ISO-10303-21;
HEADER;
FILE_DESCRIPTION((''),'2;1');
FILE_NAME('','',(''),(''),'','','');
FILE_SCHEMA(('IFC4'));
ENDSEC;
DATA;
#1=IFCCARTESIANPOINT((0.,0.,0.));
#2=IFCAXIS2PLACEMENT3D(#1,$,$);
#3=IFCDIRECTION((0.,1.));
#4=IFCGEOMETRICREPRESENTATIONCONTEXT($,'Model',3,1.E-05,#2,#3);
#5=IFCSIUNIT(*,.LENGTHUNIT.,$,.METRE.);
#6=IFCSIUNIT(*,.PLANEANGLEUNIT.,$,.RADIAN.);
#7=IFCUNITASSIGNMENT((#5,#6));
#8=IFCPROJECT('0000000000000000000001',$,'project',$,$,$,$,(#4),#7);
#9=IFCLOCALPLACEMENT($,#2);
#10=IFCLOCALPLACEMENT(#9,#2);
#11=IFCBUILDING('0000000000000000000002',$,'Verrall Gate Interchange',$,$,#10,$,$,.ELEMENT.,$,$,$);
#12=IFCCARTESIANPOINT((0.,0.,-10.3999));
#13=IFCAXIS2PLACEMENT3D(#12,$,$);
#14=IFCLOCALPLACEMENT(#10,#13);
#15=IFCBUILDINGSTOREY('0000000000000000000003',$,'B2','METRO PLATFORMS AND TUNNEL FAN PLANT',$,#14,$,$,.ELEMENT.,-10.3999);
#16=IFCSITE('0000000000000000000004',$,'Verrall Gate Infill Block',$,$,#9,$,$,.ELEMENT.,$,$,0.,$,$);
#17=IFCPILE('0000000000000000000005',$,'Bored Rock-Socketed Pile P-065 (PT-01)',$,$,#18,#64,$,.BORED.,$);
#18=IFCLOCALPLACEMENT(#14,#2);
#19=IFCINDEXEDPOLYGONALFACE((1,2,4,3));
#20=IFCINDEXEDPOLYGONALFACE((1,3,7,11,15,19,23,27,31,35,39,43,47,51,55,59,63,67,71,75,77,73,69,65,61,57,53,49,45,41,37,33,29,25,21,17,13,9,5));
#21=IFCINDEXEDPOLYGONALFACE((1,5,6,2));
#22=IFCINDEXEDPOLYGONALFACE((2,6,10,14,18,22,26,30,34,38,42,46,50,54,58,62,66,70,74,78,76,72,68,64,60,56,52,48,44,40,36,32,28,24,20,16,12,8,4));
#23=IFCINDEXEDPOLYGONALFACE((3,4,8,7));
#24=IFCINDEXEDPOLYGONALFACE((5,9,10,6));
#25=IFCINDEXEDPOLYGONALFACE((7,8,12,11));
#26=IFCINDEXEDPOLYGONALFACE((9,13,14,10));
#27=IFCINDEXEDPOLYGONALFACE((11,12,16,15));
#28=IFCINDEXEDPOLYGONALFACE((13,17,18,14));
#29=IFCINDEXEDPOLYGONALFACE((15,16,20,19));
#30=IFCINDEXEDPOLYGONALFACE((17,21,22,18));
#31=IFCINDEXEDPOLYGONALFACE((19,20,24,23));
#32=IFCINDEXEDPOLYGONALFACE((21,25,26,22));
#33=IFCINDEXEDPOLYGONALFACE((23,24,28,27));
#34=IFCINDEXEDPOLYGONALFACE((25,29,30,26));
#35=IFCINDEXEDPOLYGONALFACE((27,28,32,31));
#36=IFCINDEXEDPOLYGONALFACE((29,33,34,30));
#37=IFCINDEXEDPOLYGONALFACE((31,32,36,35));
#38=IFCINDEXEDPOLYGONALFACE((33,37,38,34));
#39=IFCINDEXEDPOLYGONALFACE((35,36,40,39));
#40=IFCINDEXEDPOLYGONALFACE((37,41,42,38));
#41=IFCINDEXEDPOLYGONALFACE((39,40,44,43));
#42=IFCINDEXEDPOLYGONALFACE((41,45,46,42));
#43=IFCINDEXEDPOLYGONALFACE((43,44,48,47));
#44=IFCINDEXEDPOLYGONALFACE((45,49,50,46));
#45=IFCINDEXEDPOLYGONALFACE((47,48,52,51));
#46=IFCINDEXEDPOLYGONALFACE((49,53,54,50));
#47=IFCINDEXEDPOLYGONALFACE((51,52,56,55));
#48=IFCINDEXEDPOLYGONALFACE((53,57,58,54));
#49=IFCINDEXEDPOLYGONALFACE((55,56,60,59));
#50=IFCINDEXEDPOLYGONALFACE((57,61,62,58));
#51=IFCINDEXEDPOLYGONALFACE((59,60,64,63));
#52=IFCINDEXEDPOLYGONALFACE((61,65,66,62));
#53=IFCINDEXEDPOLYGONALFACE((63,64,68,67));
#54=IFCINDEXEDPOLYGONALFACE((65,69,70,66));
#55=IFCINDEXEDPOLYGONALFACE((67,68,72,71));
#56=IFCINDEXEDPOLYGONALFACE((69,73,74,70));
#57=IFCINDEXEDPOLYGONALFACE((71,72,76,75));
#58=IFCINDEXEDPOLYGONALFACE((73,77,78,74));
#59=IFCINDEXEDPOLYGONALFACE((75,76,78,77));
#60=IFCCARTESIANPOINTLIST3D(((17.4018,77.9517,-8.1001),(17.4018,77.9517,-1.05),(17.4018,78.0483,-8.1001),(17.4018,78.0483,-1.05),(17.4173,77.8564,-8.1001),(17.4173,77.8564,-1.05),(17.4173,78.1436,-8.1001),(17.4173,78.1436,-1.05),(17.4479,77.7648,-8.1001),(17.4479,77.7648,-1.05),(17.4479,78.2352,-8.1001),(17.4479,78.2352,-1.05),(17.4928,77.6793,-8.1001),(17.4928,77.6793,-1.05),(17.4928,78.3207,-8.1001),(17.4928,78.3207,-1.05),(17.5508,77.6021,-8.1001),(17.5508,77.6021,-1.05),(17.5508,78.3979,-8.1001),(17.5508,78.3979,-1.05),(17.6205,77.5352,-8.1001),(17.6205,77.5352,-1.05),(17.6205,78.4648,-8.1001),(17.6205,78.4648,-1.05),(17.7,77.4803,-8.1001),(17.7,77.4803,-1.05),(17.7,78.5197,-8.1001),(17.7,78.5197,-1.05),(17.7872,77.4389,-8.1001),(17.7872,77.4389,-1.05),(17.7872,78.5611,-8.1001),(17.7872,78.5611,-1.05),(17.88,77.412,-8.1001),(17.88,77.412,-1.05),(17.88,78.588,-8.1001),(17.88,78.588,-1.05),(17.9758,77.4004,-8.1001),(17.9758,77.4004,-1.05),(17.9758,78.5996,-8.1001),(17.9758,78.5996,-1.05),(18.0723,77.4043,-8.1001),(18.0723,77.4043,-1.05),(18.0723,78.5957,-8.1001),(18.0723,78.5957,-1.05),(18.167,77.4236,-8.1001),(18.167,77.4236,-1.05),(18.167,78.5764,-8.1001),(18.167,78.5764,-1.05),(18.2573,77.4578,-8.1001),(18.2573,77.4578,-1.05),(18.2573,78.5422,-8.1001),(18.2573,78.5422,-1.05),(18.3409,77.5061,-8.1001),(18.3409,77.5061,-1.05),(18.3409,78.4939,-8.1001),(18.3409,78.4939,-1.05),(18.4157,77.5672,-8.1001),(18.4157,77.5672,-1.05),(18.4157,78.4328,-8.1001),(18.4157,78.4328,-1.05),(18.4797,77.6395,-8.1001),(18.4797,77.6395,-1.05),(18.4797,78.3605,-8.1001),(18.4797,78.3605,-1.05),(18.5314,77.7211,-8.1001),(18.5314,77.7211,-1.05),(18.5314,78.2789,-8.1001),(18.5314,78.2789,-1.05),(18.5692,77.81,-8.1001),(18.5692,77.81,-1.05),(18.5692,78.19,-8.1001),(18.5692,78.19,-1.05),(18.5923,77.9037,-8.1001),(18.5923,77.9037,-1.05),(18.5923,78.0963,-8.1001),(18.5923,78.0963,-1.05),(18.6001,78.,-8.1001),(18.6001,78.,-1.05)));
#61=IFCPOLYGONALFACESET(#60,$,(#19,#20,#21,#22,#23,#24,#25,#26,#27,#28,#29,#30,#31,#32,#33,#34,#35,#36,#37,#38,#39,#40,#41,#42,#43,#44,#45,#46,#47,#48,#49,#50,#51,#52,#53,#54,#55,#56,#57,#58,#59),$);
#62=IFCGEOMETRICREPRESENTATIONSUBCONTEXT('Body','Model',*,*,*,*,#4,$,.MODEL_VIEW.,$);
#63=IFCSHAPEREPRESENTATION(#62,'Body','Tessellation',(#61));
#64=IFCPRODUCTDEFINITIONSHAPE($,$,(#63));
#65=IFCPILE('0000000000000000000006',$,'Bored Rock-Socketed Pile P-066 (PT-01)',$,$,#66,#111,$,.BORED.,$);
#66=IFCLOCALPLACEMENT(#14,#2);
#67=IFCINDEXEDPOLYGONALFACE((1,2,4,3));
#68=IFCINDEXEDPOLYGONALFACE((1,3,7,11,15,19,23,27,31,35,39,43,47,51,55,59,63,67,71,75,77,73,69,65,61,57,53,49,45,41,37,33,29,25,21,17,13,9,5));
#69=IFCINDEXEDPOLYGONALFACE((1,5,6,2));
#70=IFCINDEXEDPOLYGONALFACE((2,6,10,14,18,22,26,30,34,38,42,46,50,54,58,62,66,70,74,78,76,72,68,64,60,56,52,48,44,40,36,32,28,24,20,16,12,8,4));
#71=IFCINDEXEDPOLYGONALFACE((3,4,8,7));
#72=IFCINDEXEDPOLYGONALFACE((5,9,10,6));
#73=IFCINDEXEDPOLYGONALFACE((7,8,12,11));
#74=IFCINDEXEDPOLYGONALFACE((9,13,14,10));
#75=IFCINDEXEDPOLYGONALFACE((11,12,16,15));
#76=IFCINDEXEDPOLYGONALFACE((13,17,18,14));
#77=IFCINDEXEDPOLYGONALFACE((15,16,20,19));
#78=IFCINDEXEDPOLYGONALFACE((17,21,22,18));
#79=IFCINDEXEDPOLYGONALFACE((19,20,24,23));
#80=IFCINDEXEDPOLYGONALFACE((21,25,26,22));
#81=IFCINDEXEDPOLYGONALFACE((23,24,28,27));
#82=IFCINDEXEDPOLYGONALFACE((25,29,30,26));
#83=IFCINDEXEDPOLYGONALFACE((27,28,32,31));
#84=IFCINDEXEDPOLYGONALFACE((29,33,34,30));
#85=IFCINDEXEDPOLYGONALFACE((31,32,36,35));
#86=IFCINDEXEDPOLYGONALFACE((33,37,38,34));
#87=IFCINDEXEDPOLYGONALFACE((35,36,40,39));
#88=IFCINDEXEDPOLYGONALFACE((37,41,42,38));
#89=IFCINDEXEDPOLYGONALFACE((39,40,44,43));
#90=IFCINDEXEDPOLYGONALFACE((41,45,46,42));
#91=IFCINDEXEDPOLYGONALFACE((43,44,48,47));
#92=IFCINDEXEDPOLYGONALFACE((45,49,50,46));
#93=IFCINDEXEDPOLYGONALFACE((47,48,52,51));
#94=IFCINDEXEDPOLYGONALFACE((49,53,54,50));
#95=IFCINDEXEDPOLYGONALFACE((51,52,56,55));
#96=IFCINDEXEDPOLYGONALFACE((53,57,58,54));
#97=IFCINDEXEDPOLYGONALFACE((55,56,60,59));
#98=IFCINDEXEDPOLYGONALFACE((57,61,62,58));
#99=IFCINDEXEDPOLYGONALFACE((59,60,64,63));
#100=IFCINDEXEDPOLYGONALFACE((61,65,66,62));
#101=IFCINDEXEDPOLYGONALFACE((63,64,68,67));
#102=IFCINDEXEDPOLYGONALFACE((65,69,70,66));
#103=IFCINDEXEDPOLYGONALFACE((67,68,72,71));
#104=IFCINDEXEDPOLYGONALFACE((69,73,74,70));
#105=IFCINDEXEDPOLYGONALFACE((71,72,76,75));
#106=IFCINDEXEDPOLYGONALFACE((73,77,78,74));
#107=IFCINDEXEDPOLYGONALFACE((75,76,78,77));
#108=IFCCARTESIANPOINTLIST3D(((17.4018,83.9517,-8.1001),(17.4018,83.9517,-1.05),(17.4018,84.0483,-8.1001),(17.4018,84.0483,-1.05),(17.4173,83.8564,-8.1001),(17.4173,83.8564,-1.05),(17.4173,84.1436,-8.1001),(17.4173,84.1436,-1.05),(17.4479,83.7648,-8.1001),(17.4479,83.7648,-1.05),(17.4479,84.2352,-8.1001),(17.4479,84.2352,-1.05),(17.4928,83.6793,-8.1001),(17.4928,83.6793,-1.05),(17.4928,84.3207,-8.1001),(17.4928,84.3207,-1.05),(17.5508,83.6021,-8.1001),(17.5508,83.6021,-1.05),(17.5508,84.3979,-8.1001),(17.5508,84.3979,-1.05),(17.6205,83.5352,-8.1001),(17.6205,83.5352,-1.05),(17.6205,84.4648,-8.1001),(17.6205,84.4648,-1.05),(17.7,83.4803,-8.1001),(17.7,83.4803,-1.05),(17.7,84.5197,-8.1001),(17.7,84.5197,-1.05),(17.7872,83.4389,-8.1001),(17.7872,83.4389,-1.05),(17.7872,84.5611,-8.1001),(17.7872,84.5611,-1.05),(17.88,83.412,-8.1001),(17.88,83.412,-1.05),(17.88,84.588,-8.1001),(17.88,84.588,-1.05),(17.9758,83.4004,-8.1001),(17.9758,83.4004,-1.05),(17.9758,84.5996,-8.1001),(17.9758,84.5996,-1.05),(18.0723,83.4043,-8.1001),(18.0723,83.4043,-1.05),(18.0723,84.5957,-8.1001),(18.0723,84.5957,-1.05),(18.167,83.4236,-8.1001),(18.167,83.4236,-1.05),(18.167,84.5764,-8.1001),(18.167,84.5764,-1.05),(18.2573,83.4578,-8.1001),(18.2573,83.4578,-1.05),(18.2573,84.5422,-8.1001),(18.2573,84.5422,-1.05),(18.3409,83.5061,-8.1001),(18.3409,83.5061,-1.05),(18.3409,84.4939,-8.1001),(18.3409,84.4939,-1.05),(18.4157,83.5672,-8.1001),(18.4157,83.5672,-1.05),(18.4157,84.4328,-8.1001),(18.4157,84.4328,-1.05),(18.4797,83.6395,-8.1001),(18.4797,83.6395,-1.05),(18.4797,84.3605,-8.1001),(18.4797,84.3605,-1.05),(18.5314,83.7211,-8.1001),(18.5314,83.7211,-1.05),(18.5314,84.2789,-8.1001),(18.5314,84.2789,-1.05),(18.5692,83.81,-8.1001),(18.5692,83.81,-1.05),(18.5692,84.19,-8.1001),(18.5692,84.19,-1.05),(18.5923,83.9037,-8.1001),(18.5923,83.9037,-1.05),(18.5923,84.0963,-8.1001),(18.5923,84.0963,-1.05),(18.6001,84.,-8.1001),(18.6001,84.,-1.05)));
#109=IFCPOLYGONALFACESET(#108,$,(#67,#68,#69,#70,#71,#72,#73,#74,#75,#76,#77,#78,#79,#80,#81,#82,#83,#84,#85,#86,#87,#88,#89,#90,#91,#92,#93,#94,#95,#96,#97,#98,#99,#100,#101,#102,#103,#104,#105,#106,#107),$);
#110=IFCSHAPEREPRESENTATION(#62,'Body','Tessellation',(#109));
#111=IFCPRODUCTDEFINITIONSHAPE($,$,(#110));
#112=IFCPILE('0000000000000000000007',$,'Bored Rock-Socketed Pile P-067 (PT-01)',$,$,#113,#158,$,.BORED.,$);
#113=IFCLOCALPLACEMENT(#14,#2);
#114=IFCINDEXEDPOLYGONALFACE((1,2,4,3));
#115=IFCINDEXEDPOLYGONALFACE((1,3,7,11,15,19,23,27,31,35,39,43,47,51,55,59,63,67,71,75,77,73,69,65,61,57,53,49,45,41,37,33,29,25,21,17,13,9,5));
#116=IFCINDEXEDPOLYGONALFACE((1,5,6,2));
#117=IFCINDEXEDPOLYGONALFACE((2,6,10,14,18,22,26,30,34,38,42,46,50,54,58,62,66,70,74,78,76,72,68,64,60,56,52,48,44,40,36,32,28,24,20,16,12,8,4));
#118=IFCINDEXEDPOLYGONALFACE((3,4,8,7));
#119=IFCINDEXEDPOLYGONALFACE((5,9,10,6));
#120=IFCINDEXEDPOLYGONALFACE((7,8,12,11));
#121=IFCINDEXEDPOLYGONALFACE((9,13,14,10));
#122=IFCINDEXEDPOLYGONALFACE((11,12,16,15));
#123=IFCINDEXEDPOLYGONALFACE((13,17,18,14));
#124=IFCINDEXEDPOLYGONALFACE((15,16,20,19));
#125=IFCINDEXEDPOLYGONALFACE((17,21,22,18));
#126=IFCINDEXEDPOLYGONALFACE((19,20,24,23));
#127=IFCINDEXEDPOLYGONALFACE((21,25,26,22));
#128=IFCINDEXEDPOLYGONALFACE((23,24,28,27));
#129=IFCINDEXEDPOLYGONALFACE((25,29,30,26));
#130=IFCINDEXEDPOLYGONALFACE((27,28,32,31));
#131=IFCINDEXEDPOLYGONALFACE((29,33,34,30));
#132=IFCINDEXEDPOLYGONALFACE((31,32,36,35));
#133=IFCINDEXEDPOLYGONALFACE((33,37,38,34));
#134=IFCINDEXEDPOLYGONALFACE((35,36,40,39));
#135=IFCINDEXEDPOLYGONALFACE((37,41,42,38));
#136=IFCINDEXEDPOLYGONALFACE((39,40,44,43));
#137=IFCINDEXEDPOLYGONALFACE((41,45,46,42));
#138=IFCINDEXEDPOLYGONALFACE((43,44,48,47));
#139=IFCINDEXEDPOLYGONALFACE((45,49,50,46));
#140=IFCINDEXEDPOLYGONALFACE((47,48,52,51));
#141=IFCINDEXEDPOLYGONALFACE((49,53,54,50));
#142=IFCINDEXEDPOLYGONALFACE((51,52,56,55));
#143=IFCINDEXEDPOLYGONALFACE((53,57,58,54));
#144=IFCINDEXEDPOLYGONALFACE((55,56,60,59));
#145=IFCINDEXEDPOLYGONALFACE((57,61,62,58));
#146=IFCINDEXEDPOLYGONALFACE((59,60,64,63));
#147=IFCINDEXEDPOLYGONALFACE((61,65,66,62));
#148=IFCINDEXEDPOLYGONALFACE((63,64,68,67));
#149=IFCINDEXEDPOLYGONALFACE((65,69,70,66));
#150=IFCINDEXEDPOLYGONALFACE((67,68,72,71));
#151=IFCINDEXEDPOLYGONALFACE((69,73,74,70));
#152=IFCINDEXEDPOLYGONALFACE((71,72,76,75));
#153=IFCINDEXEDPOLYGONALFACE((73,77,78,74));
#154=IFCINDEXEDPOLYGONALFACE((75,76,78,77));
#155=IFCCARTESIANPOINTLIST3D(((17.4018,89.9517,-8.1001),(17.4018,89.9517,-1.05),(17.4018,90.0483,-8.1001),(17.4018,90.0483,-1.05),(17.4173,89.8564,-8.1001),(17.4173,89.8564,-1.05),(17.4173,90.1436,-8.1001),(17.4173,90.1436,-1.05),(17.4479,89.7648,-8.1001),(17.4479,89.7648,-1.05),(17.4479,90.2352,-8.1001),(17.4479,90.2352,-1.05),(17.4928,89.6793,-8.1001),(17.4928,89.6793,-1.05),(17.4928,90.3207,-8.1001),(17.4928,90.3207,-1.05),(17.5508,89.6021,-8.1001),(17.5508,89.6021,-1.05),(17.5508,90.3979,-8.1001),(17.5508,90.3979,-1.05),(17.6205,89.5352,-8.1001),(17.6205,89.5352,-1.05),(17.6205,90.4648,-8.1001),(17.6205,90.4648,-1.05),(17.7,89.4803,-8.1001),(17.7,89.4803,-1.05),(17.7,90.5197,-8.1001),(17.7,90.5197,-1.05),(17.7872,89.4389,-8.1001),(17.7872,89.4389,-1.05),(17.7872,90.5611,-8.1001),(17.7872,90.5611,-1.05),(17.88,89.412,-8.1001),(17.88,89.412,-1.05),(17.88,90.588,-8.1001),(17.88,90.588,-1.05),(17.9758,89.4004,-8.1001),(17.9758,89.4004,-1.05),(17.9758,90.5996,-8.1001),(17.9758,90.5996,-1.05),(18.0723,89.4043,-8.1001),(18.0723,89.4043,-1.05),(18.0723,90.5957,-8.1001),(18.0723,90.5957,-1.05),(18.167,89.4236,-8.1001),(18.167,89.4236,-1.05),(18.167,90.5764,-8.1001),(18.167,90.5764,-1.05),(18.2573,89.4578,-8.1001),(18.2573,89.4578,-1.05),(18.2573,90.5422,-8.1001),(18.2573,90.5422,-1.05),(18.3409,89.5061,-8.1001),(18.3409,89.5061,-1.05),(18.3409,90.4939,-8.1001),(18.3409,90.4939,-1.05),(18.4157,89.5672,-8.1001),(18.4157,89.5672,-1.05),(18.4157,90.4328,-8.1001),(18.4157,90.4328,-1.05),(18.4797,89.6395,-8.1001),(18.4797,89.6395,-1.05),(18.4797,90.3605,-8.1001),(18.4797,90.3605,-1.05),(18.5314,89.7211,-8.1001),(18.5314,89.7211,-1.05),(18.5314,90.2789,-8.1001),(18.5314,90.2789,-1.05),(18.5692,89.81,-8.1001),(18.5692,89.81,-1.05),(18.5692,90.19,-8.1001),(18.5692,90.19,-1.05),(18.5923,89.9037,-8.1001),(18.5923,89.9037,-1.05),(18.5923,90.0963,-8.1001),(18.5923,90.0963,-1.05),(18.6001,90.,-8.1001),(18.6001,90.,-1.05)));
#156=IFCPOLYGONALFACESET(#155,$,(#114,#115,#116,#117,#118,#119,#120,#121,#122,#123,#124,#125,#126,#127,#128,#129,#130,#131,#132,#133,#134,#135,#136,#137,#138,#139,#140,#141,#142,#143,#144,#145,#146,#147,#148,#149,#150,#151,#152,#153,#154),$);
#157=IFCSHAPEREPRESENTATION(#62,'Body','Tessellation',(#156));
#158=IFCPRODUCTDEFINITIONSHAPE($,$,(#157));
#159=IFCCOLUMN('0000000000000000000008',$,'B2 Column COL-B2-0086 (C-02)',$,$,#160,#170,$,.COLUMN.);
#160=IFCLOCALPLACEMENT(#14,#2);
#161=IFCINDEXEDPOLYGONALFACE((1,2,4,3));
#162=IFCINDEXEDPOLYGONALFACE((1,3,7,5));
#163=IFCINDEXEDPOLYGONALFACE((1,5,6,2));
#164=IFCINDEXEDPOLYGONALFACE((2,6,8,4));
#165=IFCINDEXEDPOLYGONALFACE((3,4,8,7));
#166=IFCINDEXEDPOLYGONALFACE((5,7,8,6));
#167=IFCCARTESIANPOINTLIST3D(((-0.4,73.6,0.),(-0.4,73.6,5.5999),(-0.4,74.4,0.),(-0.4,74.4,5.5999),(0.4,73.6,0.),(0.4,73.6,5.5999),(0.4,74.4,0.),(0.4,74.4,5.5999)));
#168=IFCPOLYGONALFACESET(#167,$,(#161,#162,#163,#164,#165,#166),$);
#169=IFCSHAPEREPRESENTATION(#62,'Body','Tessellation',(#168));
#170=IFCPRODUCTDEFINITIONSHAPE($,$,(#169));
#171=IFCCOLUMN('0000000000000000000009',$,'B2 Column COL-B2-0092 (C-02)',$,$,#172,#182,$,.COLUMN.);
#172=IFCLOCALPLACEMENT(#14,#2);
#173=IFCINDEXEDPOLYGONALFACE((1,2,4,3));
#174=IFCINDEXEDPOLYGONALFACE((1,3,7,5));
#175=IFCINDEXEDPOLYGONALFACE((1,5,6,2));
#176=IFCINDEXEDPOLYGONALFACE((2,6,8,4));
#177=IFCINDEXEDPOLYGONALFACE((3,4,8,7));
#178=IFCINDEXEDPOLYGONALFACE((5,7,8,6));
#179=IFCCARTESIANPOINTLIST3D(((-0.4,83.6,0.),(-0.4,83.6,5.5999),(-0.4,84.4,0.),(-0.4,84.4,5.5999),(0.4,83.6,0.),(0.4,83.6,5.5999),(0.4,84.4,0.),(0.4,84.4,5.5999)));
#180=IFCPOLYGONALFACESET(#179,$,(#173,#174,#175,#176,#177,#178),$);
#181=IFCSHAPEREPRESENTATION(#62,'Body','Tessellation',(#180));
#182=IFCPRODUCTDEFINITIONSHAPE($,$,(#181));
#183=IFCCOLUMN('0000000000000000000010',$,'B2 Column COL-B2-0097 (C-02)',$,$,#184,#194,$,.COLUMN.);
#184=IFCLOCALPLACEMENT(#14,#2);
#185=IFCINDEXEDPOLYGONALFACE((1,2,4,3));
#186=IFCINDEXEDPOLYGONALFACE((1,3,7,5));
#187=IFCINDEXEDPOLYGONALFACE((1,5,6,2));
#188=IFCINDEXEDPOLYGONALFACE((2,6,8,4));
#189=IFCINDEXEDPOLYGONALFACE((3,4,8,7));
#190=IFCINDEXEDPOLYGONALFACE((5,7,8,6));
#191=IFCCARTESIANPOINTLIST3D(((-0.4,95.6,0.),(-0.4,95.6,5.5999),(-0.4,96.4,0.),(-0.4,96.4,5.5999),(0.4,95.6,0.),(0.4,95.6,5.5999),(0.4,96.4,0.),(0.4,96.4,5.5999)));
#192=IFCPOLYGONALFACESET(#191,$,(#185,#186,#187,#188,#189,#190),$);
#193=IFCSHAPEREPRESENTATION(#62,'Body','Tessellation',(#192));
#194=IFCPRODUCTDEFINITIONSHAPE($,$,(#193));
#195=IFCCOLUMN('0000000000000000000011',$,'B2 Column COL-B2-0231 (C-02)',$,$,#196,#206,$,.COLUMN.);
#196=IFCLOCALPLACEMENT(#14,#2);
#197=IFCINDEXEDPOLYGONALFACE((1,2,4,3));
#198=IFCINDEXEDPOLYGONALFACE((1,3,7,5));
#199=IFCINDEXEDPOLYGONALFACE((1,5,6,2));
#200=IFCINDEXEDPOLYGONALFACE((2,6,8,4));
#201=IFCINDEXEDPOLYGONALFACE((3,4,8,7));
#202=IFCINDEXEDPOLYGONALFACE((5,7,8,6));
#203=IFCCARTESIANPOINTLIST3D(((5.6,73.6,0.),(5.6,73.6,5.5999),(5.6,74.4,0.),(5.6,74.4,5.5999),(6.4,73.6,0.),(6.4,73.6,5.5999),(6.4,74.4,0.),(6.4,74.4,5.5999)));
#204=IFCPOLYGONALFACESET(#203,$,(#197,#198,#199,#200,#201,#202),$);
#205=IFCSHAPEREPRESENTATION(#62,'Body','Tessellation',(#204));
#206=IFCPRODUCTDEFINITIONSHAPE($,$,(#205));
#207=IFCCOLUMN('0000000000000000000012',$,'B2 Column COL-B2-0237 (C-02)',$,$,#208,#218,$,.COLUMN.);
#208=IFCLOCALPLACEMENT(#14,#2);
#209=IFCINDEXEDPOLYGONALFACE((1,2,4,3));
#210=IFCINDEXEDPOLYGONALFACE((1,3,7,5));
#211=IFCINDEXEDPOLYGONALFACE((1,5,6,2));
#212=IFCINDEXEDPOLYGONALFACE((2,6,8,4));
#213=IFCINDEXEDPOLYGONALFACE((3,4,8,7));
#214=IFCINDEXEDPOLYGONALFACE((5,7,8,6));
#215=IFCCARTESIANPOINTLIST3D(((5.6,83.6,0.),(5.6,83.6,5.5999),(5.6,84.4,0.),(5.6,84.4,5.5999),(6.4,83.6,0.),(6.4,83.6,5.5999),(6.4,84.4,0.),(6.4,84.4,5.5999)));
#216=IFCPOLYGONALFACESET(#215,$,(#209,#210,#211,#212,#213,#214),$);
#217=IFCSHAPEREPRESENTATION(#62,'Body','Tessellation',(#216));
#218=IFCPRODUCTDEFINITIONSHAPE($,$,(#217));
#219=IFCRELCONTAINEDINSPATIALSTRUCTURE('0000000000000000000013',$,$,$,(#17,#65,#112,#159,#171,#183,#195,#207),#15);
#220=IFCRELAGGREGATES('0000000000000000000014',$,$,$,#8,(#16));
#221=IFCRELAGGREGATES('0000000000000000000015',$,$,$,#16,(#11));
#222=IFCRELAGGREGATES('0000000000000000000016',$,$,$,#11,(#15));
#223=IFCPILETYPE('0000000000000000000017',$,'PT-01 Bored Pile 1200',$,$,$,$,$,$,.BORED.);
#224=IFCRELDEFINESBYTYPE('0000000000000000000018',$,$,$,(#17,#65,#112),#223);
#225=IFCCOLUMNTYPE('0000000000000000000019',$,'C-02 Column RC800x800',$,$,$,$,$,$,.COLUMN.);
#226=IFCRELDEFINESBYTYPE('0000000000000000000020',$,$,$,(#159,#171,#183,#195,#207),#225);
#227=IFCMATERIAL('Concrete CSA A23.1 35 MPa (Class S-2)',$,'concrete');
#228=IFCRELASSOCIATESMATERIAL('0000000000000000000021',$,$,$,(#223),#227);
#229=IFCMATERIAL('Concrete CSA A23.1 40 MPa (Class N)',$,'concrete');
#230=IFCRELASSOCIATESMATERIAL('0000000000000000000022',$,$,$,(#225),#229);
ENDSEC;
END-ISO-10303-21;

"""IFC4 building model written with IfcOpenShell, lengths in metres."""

from ifc_helpers import new_model, si_unit, direction, frame, origin, origin_2d, place, context, subcontext, project, spatial, rectangle, circle, extrude, material, material_profile, profile_set, type_object, element, save


model = new_model("IFC4")

# Units and contexts
model_context = context("Model", 3, precision=1e-05, world=origin(), true_north=direction((0.0, 1.0)))
body_context = subcontext(model_context, "Body", "Model", "MODEL_VIEW")
ifc_project = project(units=[si_unit("LENGTHUNIT", "METRE"), si_unit("PLANEANGLEUNIT", "RADIAN")], contexts=[model_context])

# Site, building, storey
site_placement = place(None, origin())
site = spatial("IfcSite", under=ifc_project, at=site_placement, Name="Verrall Gate Infill Block", CompositionType="ELEMENT", RefElevation=0.0)
building_placement = place(site_placement, origin())
building = spatial("IfcBuilding", under=site, at=building_placement, Name="Verrall Gate Interchange", CompositionType="ELEMENT")
storey_placement = place(building_placement, frame((0.0, 0.0, -10.3999)))
storey = spatial("IfcBuildingStorey", under=building, at=storey_placement, Name="B2", Description="METRO PLATFORMS AND TUNNEL FAN PLANT", CompositionType="ELEMENT", Elevation=-10.3999)

# Piles
ifc_material_1 = material(Name="Concrete CSA A23.1 35 MPa (Class S-2)", Category="concrete")
ifc_material_profile_1 = material_profile(ifc_material_1, circle(Radius=0.6001, at=origin_2d()), Name="PILE1200D")
ifc_profile_set_1 = profile_set([ifc_material_profile_1], Name="Concrete CSA A23.1 35 MPa (Class S-2)")
pile_type = type_object("IfcPileType", Name="PT-01 Bored Pile 1200", PredefinedType="BORED", material=ifc_profile_set_1)
for number, where, z_axis, x_axis, name in (
    (1, (18.0, 78.0, -1.05), (0.0, 0.0, -1.0), (1.0, 0.0, 0.0), "Bored Rock-Socketed Pile P-065 (PT-01)"),
    (2, (18.0, 84.0, -1.05), (0.0, 0.0, -1.0), (1.0, 0.0, 0.0), "Bored Rock-Socketed Pile P-066 (PT-01)"),
    (3, (18.0, 90.0, -1.05), (0.0, 0.0, -1.0), (1.0, 0.0, 0.0), "Bored Rock-Socketed Pile P-067 (PT-01)"),
):
    element("IfcPile", number, at=place(storey_placement, frame(where, z_axis=z_axis, x_axis=x_axis)), inside=storey, type_object=pile_type, Name=name, PredefinedType="BORED", context=body_context, shape_type="SweptSolid", body=[
        extrude(circle(Radius=0.6001, at=origin_2d()), origin(), (0.0, 0.0, 1.0), 7.05),
    ])

# Columns
ifc_material_2 = material(Name="Concrete CSA A23.1 40 MPa (Class N)", Category="concrete")
ifc_material_profile_2 = material_profile(ifc_material_2, rectangle(XDim=0.8, YDim=0.8, at=origin_2d()), Name="RC800x800")
ifc_profile_set_2 = profile_set([ifc_material_profile_2], Name="Concrete CSA A23.1 40 MPa (Class N)")
column_type = type_object("IfcColumnType", Name="C-02 Column RC800x800", PredefinedType="COLUMN", material=ifc_profile_set_2)
for number, where, z_axis, x_axis, name in (
    (4, (0.0, 74.0, 0.0), (0.0, 0.0, 1.0), (1.0, 0.0, 0.0), "B2 Column COL-B2-0086 (C-02)"),
    (5, (0.0, 84.0, 0.0), (0.0, 0.0, 1.0), (1.0, 0.0, 0.0), "B2 Column COL-B2-0092 (C-02)"),
    (6, (0.0, 96.0, 0.0), (0.0, 0.0, 1.0), (1.0, 0.0, 0.0), "B2 Column COL-B2-0097 (C-02)"),
    (7, (6.0, 74.0, 0.0), (0.0, 0.0, 1.0), (1.0, 0.0, 0.0), "B2 Column COL-B2-0231 (C-02)"),
    (8, (6.0, 84.0, 0.0), (0.0, 0.0, 1.0), (1.0, 0.0, 0.0), "B2 Column COL-B2-0237 (C-02)"),
):
    element("IfcColumn", number, at=place(storey_placement, frame(where, z_axis=z_axis, x_axis=x_axis)), inside=storey, type_object=column_type, Name=name, PredefinedType="COLUMN", context=body_context, shape_type="SweptSolid", body=[
        extrude(rectangle(XDim=0.8, YDim=0.8, at=origin_2d()), origin(), (0.0, 0.0, 1.0), 5.5999),
    ])

save(model, "model.ifc")
